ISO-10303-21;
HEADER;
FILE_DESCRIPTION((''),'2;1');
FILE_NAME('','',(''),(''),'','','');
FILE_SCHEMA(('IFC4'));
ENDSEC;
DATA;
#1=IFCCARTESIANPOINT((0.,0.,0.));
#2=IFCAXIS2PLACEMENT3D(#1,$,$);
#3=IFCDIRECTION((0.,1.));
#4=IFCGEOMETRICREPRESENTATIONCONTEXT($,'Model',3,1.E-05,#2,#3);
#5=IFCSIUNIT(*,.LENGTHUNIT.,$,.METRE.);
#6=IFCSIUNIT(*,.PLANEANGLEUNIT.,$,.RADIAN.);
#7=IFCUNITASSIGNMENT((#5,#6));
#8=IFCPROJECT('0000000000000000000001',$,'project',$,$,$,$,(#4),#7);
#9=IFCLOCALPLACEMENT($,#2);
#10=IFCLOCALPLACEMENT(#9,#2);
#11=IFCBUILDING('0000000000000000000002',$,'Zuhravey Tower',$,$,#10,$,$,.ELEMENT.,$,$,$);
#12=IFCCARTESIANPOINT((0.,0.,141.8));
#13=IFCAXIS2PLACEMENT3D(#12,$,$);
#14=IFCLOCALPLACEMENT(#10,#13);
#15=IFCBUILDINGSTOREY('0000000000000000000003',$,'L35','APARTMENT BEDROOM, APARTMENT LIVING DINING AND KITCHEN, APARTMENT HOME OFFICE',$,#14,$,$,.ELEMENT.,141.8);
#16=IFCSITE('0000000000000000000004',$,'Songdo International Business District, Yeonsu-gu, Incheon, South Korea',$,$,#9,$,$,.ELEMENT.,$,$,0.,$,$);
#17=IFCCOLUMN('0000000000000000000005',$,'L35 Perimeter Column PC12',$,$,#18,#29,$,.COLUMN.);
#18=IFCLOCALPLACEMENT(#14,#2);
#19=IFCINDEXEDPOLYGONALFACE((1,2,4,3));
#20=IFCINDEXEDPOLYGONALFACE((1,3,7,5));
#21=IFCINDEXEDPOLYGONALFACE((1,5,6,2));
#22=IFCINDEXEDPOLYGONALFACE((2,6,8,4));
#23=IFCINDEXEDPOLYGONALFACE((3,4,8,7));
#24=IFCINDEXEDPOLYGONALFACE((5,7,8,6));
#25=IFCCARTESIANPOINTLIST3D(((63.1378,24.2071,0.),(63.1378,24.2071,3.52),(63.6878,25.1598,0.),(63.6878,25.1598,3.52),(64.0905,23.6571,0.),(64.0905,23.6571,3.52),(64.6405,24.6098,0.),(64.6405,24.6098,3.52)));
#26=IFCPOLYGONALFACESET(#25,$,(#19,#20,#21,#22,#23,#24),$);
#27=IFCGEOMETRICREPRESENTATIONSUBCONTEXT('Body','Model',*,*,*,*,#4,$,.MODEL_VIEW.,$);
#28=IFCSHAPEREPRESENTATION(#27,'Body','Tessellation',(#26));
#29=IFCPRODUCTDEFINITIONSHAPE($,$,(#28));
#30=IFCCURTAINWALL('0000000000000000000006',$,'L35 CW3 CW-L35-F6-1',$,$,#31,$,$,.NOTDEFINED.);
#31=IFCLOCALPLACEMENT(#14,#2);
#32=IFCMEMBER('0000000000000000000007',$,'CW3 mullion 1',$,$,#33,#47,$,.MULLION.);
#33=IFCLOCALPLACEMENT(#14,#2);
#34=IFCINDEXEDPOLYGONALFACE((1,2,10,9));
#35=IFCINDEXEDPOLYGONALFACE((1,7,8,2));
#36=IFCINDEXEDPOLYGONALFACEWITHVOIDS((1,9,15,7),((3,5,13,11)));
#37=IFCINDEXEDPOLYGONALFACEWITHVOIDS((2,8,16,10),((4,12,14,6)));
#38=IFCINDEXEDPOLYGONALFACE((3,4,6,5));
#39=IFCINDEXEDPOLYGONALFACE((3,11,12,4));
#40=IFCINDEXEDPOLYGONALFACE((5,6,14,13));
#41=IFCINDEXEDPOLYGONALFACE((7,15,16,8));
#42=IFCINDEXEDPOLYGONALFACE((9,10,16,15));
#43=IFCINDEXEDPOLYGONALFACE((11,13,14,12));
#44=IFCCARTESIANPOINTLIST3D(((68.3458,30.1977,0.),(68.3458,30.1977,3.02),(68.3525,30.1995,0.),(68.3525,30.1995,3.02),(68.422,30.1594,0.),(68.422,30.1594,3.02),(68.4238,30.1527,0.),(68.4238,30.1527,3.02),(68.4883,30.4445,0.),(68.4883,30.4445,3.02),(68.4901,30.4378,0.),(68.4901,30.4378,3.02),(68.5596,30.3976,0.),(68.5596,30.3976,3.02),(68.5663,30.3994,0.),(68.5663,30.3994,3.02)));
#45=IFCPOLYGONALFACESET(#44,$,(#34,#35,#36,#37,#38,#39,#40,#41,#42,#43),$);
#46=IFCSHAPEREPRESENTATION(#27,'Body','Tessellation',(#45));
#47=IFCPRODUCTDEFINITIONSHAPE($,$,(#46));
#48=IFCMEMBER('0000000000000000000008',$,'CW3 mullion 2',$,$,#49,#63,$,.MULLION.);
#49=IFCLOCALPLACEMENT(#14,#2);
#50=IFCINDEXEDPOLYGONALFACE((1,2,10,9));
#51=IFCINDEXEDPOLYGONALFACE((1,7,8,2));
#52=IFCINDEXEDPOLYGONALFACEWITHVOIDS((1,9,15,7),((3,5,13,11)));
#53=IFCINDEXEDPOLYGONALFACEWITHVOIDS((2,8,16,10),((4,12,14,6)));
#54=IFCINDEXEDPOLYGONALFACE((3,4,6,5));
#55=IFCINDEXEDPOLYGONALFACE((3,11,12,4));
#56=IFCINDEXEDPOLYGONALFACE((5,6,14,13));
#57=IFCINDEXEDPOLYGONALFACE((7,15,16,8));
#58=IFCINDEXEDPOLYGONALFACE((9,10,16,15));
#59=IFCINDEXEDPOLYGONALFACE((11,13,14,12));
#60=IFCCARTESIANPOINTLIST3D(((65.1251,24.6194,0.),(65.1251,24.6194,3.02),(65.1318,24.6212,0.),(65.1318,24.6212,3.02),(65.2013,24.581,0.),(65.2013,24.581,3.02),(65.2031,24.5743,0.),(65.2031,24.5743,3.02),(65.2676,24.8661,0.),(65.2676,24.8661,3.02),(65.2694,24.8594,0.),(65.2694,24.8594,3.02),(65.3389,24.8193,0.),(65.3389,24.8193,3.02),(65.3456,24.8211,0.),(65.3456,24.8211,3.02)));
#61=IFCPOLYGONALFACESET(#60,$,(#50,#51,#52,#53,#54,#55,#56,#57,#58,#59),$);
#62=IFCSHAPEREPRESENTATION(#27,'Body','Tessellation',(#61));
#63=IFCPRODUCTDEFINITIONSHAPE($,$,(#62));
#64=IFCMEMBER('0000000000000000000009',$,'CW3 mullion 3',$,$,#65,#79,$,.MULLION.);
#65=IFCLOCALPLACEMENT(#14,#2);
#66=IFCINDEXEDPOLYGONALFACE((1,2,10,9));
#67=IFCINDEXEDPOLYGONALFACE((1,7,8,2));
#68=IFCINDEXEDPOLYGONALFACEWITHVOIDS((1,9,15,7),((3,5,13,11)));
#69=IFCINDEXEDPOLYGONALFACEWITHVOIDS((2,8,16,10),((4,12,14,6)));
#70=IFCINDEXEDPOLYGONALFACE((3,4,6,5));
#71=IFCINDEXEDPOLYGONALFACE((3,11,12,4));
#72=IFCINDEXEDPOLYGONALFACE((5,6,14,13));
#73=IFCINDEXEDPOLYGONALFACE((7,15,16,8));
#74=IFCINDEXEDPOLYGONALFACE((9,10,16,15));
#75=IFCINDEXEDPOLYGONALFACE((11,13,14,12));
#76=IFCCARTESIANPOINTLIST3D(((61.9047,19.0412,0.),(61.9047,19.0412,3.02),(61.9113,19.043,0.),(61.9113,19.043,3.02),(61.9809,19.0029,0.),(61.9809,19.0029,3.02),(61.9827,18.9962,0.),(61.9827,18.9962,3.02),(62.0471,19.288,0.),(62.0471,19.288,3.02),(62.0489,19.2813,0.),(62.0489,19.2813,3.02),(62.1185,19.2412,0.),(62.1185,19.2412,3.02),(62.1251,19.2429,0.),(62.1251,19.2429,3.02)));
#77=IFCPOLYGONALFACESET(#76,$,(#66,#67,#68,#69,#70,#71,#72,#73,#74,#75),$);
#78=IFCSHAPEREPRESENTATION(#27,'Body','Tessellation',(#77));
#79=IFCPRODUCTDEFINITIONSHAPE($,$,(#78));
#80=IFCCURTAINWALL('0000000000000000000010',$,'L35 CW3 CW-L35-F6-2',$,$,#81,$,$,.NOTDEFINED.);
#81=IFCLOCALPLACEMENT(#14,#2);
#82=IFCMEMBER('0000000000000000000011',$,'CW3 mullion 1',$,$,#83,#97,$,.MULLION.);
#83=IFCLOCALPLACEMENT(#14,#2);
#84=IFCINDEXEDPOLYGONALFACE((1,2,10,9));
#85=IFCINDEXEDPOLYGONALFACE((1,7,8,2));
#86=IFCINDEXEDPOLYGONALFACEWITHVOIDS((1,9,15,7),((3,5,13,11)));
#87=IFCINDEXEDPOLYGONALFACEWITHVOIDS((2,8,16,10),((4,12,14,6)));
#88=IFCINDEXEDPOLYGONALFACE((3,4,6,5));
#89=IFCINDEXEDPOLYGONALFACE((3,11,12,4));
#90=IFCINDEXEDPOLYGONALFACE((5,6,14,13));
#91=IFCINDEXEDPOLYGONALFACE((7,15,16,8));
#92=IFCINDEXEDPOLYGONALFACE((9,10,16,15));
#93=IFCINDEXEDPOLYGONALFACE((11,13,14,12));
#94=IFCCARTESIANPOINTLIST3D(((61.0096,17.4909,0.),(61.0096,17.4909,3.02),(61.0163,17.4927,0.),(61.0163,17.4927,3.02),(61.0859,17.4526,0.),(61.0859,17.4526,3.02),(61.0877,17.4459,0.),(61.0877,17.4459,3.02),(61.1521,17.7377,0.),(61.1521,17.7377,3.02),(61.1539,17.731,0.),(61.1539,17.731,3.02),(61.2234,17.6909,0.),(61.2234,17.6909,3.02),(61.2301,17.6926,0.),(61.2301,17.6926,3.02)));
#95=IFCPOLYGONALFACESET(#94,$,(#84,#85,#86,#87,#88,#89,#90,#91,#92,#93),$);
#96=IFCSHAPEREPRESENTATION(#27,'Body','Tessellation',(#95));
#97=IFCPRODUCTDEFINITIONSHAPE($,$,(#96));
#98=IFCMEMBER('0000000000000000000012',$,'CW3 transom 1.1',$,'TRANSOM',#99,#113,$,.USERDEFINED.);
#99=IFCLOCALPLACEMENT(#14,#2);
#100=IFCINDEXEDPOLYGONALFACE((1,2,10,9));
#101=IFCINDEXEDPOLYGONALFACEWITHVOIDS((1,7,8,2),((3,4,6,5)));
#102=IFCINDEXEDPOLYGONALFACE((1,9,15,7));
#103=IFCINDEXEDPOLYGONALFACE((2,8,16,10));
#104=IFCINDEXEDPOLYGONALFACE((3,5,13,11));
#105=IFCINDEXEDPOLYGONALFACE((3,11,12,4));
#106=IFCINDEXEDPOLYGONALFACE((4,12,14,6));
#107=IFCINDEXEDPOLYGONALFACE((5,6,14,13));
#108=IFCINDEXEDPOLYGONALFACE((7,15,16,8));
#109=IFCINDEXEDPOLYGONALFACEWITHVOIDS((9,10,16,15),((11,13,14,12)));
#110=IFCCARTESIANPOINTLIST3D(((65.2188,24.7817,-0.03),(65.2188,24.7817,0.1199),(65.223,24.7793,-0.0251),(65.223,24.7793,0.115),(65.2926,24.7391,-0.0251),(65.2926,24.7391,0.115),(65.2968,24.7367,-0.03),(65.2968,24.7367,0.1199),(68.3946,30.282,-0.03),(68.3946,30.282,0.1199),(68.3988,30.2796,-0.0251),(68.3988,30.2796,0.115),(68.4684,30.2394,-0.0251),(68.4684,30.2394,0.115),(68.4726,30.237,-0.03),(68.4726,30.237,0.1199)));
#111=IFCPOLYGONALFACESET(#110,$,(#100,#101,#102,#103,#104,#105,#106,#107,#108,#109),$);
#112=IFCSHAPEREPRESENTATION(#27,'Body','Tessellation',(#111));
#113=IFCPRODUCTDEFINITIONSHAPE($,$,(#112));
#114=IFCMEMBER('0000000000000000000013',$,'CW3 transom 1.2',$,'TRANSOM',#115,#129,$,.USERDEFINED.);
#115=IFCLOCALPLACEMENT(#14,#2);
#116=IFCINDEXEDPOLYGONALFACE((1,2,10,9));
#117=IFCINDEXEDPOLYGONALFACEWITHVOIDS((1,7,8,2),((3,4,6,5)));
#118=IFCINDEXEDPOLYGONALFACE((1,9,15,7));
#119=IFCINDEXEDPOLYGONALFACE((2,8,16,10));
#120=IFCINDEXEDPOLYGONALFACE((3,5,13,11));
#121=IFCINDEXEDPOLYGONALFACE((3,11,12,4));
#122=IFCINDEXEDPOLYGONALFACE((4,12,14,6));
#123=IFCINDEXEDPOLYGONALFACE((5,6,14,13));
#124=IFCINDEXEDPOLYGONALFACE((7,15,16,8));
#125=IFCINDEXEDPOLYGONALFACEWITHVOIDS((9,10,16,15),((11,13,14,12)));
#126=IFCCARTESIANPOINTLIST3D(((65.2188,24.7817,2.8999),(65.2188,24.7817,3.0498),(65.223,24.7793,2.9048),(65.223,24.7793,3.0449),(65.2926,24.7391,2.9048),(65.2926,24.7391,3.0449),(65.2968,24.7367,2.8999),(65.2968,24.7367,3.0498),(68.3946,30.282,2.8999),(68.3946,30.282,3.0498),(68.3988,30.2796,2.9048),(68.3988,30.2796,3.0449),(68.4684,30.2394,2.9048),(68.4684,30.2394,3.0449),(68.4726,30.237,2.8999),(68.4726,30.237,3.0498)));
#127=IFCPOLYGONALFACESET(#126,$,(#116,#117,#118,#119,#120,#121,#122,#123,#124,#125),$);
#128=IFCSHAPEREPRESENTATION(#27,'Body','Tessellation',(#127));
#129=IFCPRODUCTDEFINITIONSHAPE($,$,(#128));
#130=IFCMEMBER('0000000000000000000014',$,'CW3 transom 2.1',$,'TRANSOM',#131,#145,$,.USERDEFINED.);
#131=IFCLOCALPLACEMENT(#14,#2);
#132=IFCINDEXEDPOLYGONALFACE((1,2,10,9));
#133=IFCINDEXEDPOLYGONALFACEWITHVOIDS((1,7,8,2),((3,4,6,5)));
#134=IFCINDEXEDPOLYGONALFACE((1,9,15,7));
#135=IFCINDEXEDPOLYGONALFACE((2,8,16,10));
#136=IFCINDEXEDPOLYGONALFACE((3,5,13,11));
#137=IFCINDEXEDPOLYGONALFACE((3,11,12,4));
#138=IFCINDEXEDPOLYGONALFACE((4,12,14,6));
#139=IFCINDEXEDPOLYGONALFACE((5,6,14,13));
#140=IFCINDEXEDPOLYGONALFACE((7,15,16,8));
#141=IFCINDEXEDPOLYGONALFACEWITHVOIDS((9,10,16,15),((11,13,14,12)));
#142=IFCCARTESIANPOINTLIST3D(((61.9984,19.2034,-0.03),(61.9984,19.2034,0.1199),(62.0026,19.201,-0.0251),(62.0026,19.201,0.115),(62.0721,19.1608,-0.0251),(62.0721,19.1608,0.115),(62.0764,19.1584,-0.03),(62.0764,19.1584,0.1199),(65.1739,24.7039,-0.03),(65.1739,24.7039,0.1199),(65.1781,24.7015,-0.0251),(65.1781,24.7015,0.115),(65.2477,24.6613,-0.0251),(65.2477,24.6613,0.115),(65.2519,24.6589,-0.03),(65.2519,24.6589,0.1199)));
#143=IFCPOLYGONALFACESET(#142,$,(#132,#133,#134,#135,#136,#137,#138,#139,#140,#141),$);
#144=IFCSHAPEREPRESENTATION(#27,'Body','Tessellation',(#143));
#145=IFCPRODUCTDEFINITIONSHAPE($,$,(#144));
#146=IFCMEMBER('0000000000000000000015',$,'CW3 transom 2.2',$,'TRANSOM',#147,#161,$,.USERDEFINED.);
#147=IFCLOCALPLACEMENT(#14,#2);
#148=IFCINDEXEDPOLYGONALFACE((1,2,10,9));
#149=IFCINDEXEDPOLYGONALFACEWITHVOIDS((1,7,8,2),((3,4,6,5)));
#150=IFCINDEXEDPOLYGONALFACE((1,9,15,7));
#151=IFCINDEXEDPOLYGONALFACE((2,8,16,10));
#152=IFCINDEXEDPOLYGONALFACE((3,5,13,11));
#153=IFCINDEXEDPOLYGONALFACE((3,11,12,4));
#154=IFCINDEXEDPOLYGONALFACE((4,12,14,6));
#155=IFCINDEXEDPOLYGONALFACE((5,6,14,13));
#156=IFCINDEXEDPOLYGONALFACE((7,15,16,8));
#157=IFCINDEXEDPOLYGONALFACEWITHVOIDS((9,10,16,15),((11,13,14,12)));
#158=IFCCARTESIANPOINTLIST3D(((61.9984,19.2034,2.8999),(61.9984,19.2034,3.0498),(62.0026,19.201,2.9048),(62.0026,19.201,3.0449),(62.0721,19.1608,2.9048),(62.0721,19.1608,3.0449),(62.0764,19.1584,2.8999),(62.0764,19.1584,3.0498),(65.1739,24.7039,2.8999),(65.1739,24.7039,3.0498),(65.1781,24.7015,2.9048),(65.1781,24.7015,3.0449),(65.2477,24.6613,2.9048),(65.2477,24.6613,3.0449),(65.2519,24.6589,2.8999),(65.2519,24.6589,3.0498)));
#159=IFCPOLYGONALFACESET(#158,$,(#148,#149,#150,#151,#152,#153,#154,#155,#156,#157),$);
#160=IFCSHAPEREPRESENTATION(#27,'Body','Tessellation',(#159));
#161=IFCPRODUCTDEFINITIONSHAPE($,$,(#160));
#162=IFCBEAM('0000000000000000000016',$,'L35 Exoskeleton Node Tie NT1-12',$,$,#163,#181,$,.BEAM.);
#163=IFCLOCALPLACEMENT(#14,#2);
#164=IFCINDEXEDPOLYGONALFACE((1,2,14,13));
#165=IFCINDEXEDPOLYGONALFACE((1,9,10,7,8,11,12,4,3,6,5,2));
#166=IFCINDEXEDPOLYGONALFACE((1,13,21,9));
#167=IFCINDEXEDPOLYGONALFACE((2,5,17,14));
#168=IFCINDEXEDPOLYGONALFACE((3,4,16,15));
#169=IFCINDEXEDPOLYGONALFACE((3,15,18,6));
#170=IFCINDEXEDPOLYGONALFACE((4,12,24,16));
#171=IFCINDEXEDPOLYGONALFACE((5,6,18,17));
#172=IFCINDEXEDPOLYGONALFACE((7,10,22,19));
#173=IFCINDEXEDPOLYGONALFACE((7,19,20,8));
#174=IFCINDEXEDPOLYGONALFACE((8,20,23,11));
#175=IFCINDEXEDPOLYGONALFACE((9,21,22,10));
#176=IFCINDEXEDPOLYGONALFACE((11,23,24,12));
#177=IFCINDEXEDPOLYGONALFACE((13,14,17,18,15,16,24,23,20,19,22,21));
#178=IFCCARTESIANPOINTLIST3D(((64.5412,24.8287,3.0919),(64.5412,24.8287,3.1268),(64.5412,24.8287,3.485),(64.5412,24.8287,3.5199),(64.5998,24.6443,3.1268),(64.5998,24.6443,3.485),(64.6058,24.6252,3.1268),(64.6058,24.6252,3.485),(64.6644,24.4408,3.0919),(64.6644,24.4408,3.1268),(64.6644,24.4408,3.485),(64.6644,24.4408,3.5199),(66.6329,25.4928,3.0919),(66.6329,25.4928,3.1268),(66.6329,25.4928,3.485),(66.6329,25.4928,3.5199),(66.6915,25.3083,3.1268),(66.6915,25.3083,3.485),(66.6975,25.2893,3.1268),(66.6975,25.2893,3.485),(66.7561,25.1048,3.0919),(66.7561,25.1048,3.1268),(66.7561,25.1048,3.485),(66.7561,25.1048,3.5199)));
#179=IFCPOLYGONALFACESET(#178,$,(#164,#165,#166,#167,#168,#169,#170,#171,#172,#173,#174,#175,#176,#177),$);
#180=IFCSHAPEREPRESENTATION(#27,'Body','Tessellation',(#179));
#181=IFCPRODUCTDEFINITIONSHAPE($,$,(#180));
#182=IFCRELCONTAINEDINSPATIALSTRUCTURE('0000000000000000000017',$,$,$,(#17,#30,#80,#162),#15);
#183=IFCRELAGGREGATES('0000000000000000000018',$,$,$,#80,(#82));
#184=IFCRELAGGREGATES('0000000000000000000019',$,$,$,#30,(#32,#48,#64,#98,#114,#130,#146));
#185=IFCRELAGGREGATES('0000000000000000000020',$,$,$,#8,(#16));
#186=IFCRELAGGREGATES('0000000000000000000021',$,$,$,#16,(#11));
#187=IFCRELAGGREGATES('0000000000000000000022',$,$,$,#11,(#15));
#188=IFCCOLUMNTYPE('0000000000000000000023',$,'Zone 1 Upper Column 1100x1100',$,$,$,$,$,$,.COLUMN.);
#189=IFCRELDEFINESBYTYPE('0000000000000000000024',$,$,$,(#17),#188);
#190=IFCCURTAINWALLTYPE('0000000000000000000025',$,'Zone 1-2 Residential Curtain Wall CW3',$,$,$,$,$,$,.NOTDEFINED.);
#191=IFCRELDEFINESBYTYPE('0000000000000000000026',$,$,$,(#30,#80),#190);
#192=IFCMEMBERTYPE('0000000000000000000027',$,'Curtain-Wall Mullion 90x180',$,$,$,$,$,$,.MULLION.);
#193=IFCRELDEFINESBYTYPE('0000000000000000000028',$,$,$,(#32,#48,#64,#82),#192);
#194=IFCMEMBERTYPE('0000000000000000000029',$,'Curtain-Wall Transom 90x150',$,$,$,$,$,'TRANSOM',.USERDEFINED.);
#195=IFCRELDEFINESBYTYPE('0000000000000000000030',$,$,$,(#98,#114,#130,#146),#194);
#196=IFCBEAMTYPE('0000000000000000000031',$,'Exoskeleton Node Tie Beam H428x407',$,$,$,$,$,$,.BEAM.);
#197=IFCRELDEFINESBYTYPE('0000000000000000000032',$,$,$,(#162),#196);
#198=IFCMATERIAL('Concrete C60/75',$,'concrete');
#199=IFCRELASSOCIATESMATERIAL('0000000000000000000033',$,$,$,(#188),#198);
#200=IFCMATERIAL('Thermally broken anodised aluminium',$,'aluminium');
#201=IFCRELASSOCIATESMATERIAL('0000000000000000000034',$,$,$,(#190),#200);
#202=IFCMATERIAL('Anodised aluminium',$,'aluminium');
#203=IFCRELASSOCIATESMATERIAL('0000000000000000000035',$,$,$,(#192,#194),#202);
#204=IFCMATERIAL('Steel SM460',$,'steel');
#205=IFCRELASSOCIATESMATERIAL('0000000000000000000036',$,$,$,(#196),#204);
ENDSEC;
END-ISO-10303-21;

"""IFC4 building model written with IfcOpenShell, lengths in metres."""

from ifc_helpers import new_model, si_unit, direction, frame, origin, origin_2d, place, context, subcontext, project, spatial, rectangle, hollow_rectangle, i_section, extrude, material, material_profile, profile_set, type_object, element, aggregate, save


model = new_model("IFC4")

# Units and contexts
model_context = context("Model", 3, precision=1e-05, world=origin(), true_north=direction((0.0, 1.0)))
body_context = subcontext(model_context, "Body", "Model", "MODEL_VIEW")
ifc_project = project(units=[si_unit("LENGTHUNIT", "METRE"), si_unit("PLANEANGLEUNIT", "RADIAN")], contexts=[model_context])

# Site, building, storey
site_placement = place(None, origin())
site = spatial("IfcSite", under=ifc_project, at=site_placement, Name="Songdo International Business District, Yeonsu-gu, Incheon, South Korea", CompositionType="ELEMENT", RefElevation=0.0)
building_placement = place(site_placement, origin())
building = spatial("IfcBuilding", under=site, at=building_placement, Name="Zuhravey Tower", CompositionType="ELEMENT")
storey_placement = place(building_placement, frame((0.0, 0.0, 141.8)))
storey = spatial("IfcBuildingStorey", under=building, at=storey_placement, Name="L35", Description="APARTMENT BEDROOM, APARTMENT LIVING DINING AND KITCHEN, APARTMENT HOME OFFICE", CompositionType="ELEMENT", Elevation=141.8)

# Column
ifc_material_1 = material(Name="Concrete C60/75", Category="concrete")
ifc_material_profile_1 = material_profile(ifc_material_1, rectangle(XDim=1.1001, YDim=1.1001, at=origin_2d()), Name="RC-1100x1100")
ifc_profile_set_1 = profile_set([ifc_material_profile_1], Name="Concrete C60/75")
column_type = type_object("IfcColumnType", Name="Zone 1 Upper Column 1100x1100", PredefinedType="COLUMN", material=ifc_profile_set_1)
column_placement = place(storey_placement, frame((63.8892, 24.4084, 0.0), z_axis=(0.0, 0.0, 1.0), x_axis=(0.5, 0.866025, 0.0)))
element("IfcColumn", 1, at=column_placement, inside=storey, type_object=column_type, Name="L35 Perimeter Column PC12", PredefinedType="COLUMN", context=body_context, shape_type="SweptSolid", body=[
    extrude(rectangle(XDim=1.1001, YDim=1.1001, at=origin_2d()), origin(), (0.0, 0.0, 1.0), 3.52),
])

# Curtain wall, members
ifc_material_2 = material(Name="Thermally broken anodised aluminium", Category="aluminium")
curtain_wall_type = type_object("IfcCurtainWallType", Name="Zone 1-2 Residential Curtain Wall CW3", PredefinedType="NOTDEFINED", material=ifc_material_2)
curtain_wall_1_placement = place(storey_placement, origin())
curtain_wall_1 = element("IfcCurtainWall", 2, at=curtain_wall_1_placement, inside=storey, type_object=curtain_wall_type, Name="L35 CW3 CW-L35-F6-1", PredefinedType="NOTDEFINED")
ifc_material_3 = material(Name="Anodised aluminium", Category="aluminium")
ifc_material_profile_2 = material_profile(ifc_material_3, hollow_rectangle(XDim=0.0901, YDim=0.2849, WallThickness=0.0049, at=origin_2d()), Name="ALU-RHS-90x285x5")
ifc_profile_set_2 = profile_set([ifc_material_profile_2], Name="Anodised aluminium")
member_type_1 = type_object("IfcMemberType", Name="Curtain-Wall Mullion 90x180", PredefinedType="MULLION", material=ifc_profile_set_2)
member_1_placement = place(storey_placement, frame((68.4561, 30.2986, 0.0), z_axis=(0.0, 0.0, 1.0), x_axis=(0.866027, -0.499998, 0.0)))
member_1 = element("IfcMember", 3, at=member_1_placement, type_object=member_type_1, Name="CW3 mullion 1", PredefinedType="MULLION", context=body_context, shape_type="SweptSolid", body=[
    extrude(hollow_rectangle(XDim=0.0901, YDim=0.2849, WallThickness=0.0049, at=origin_2d()), origin(), (0.0, 0.0, 1.0), 3.02),
])
member_2_placement = place(storey_placement, frame((65.2354, 24.7202, 0.0), z_axis=(0.0, 0.0, 1.0), x_axis=(0.866027, -0.499998, 0.0)))
member_2 = element("IfcMember", 4, at=member_2_placement, type_object=member_type_1, Name="CW3 mullion 2", PredefinedType="MULLION", context=body_context, shape_type="SweptSolid", body=[
    extrude(hollow_rectangle(XDim=0.0901, YDim=0.2849, WallThickness=0.0049, at=origin_2d()), origin(), (0.0, 0.0, 1.0), 3.02),
])
member_3_placement = place(storey_placement, frame((62.0149, 19.1421, 0.0), z_axis=(0.0, 0.0, 1.0), x_axis=(0.866027, -0.499998, 0.0)))
member_3 = element("IfcMember", 5, at=member_3_placement, type_object=member_type_1, Name="CW3 mullion 3", PredefinedType="MULLION", context=body_context, shape_type="SweptSolid", body=[
    extrude(hollow_rectangle(XDim=0.0901, YDim=0.2849, WallThickness=0.0049, at=origin_2d()), origin(), (0.0, 0.0, 1.0), 3.02),
])

# Curtain wall, member
curtain_wall_2_placement = place(storey_placement, origin())
curtain_wall_2 = element("IfcCurtainWall", 6, at=curtain_wall_2_placement, inside=storey, type_object=curtain_wall_type, Name="L35 CW3 CW-L35-F6-2", PredefinedType="NOTDEFINED")
member_4_placement = place(storey_placement, frame((61.1199, 17.5918, 0.0), z_axis=(0.0, 0.0, 1.0), x_axis=(0.866023, -0.500003, 0.0)))
member_4 = element("IfcMember", 7, at=member_4_placement, type_object=member_type_1, Name="CW3 mullion 1", PredefinedType="MULLION", context=body_context, shape_type="SweptSolid", body=[
    extrude(hollow_rectangle(XDim=0.0901, YDim=0.2849, WallThickness=0.0049, at=origin_2d()), origin(), (0.0, 0.0, 1.0), 3.02),
])
aggregate(curtain_wall_2, [member_4])

# Members
ifc_material_profile_3 = material_profile(ifc_material_3, hollow_rectangle(XDim=0.0901, YDim=0.1499, WallThickness=0.0049, at=origin_2d()), Name="ALU-RHS-90x150x5")
ifc_profile_set_3 = profile_set([ifc_material_profile_3], Name="Anodised aluminium")
member_type_2 = type_object("IfcMemberType", Name="Curtain-Wall Transom 90x150", ElementType="TRANSOM", PredefinedType="USERDEFINED", material=ifc_profile_set_3)
member_5_placement = place(storey_placement, frame((68.4336, 30.2595, 0.0449), z_axis=(-0.500025, -0.866011, 0.0), x_axis=(0.866011, -0.500025, 0.0)))
member_5 = element("IfcMember", 8, at=member_5_placement, type_object=member_type_2, Name="CW3 transom 1.1", ObjectType="TRANSOM", PredefinedType="USERDEFINED", context=body_context, shape_type="SweptSolid", body=[
    extrude(hollow_rectangle(XDim=0.0901, YDim=0.1499, WallThickness=0.0049, at=origin_2d()), origin(), (0.0, 0.0, 1.0), 6.3513),
])
member_6_placement = place(storey_placement, frame((68.4336, 30.2595, 2.9749), z_axis=(-0.500025, -0.866011, 0.0), x_axis=(0.866011, -0.500025, 0.0)))
member_6 = element("IfcMember", 9, at=member_6_placement, type_object=member_type_2, Name="CW3 transom 1.2", ObjectType="TRANSOM", PredefinedType="USERDEFINED", context=body_context, shape_type="SweptSolid", body=[
    extrude(hollow_rectangle(XDim=0.0901, YDim=0.1499, WallThickness=0.0049, at=origin_2d()), origin(), (0.0, 0.0, 1.0), 6.3513),
])
member_7_placement = place(storey_placement, frame((65.2129, 24.6814, 0.0449), z_axis=(-0.49998, -0.866037, 0.0), x_axis=(0.866037, -0.49998, 0.0)))
member_7 = element("IfcMember", 10, at=member_7_placement, type_object=member_type_2, Name="CW3 transom 2.1", ObjectType="TRANSOM", PredefinedType="USERDEFINED", context=body_context, shape_type="SweptSolid", body=[
    extrude(hollow_rectangle(XDim=0.0901, YDim=0.1499, WallThickness=0.0049, at=origin_2d()), origin(), (0.0, 0.0, 1.0), 6.3513),
])
member_8_placement = place(storey_placement, frame((65.2129, 24.6814, 2.9749), z_axis=(-0.49998, -0.866037, 0.0), x_axis=(0.866037, -0.49998, 0.0)))
member_8 = element("IfcMember", 11, at=member_8_placement, type_object=member_type_2, Name="CW3 transom 2.2", ObjectType="TRANSOM", PredefinedType="USERDEFINED", context=body_context, shape_type="SweptSolid", body=[
    extrude(hollow_rectangle(XDim=0.0901, YDim=0.1499, WallThickness=0.0049, at=origin_2d()), origin(), (0.0, 0.0, 1.0), 6.3513),
])

# Beam
ifc_material_4 = material(Name="Steel SM460", Category="steel")
ifc_material_profile_4 = material_profile(ifc_material_4, i_section(OverallWidth=0.407, OverallDepth=0.428, WebThickness=0.02, FlangeThickness=0.0349, at=origin_2d()), Name="H-428x407x20x35")
ifc_profile_set_4 = profile_set([ifc_material_profile_4], Name="Steel SM460")
beam_type_1 = type_object("IfcBeamType", Name="Exoskeleton Node Tie Beam H428x407", PredefinedType="BEAM", material=ifc_profile_set_4)
beam_1_placement = place(storey_placement, frame((64.6028, 24.6348, 3.3059), z_axis=(0.953124, 0.302579, 0.0), x_axis=(-0.302579, 0.953124, 0.0)))
element("IfcBeam", 12, at=beam_1_placement, inside=storey, type_object=beam_type_1, Name="L35 Exoskeleton Node Tie NT1-12", PredefinedType="BEAM", context=body_context, shape_type="SweptSolid", body=[
    extrude(i_section(OverallWidth=0.407, OverallDepth=0.428, WebThickness=0.02, FlangeThickness=0.0349, at=origin_2d()), origin(), (0.0, 0.0, 1.0), 2.1946),
])

aggregate(curtain_wall_1, [member_1, member_2, member_3, member_5, member_6, member_7, member_8])

save(model, "model.ifc")
